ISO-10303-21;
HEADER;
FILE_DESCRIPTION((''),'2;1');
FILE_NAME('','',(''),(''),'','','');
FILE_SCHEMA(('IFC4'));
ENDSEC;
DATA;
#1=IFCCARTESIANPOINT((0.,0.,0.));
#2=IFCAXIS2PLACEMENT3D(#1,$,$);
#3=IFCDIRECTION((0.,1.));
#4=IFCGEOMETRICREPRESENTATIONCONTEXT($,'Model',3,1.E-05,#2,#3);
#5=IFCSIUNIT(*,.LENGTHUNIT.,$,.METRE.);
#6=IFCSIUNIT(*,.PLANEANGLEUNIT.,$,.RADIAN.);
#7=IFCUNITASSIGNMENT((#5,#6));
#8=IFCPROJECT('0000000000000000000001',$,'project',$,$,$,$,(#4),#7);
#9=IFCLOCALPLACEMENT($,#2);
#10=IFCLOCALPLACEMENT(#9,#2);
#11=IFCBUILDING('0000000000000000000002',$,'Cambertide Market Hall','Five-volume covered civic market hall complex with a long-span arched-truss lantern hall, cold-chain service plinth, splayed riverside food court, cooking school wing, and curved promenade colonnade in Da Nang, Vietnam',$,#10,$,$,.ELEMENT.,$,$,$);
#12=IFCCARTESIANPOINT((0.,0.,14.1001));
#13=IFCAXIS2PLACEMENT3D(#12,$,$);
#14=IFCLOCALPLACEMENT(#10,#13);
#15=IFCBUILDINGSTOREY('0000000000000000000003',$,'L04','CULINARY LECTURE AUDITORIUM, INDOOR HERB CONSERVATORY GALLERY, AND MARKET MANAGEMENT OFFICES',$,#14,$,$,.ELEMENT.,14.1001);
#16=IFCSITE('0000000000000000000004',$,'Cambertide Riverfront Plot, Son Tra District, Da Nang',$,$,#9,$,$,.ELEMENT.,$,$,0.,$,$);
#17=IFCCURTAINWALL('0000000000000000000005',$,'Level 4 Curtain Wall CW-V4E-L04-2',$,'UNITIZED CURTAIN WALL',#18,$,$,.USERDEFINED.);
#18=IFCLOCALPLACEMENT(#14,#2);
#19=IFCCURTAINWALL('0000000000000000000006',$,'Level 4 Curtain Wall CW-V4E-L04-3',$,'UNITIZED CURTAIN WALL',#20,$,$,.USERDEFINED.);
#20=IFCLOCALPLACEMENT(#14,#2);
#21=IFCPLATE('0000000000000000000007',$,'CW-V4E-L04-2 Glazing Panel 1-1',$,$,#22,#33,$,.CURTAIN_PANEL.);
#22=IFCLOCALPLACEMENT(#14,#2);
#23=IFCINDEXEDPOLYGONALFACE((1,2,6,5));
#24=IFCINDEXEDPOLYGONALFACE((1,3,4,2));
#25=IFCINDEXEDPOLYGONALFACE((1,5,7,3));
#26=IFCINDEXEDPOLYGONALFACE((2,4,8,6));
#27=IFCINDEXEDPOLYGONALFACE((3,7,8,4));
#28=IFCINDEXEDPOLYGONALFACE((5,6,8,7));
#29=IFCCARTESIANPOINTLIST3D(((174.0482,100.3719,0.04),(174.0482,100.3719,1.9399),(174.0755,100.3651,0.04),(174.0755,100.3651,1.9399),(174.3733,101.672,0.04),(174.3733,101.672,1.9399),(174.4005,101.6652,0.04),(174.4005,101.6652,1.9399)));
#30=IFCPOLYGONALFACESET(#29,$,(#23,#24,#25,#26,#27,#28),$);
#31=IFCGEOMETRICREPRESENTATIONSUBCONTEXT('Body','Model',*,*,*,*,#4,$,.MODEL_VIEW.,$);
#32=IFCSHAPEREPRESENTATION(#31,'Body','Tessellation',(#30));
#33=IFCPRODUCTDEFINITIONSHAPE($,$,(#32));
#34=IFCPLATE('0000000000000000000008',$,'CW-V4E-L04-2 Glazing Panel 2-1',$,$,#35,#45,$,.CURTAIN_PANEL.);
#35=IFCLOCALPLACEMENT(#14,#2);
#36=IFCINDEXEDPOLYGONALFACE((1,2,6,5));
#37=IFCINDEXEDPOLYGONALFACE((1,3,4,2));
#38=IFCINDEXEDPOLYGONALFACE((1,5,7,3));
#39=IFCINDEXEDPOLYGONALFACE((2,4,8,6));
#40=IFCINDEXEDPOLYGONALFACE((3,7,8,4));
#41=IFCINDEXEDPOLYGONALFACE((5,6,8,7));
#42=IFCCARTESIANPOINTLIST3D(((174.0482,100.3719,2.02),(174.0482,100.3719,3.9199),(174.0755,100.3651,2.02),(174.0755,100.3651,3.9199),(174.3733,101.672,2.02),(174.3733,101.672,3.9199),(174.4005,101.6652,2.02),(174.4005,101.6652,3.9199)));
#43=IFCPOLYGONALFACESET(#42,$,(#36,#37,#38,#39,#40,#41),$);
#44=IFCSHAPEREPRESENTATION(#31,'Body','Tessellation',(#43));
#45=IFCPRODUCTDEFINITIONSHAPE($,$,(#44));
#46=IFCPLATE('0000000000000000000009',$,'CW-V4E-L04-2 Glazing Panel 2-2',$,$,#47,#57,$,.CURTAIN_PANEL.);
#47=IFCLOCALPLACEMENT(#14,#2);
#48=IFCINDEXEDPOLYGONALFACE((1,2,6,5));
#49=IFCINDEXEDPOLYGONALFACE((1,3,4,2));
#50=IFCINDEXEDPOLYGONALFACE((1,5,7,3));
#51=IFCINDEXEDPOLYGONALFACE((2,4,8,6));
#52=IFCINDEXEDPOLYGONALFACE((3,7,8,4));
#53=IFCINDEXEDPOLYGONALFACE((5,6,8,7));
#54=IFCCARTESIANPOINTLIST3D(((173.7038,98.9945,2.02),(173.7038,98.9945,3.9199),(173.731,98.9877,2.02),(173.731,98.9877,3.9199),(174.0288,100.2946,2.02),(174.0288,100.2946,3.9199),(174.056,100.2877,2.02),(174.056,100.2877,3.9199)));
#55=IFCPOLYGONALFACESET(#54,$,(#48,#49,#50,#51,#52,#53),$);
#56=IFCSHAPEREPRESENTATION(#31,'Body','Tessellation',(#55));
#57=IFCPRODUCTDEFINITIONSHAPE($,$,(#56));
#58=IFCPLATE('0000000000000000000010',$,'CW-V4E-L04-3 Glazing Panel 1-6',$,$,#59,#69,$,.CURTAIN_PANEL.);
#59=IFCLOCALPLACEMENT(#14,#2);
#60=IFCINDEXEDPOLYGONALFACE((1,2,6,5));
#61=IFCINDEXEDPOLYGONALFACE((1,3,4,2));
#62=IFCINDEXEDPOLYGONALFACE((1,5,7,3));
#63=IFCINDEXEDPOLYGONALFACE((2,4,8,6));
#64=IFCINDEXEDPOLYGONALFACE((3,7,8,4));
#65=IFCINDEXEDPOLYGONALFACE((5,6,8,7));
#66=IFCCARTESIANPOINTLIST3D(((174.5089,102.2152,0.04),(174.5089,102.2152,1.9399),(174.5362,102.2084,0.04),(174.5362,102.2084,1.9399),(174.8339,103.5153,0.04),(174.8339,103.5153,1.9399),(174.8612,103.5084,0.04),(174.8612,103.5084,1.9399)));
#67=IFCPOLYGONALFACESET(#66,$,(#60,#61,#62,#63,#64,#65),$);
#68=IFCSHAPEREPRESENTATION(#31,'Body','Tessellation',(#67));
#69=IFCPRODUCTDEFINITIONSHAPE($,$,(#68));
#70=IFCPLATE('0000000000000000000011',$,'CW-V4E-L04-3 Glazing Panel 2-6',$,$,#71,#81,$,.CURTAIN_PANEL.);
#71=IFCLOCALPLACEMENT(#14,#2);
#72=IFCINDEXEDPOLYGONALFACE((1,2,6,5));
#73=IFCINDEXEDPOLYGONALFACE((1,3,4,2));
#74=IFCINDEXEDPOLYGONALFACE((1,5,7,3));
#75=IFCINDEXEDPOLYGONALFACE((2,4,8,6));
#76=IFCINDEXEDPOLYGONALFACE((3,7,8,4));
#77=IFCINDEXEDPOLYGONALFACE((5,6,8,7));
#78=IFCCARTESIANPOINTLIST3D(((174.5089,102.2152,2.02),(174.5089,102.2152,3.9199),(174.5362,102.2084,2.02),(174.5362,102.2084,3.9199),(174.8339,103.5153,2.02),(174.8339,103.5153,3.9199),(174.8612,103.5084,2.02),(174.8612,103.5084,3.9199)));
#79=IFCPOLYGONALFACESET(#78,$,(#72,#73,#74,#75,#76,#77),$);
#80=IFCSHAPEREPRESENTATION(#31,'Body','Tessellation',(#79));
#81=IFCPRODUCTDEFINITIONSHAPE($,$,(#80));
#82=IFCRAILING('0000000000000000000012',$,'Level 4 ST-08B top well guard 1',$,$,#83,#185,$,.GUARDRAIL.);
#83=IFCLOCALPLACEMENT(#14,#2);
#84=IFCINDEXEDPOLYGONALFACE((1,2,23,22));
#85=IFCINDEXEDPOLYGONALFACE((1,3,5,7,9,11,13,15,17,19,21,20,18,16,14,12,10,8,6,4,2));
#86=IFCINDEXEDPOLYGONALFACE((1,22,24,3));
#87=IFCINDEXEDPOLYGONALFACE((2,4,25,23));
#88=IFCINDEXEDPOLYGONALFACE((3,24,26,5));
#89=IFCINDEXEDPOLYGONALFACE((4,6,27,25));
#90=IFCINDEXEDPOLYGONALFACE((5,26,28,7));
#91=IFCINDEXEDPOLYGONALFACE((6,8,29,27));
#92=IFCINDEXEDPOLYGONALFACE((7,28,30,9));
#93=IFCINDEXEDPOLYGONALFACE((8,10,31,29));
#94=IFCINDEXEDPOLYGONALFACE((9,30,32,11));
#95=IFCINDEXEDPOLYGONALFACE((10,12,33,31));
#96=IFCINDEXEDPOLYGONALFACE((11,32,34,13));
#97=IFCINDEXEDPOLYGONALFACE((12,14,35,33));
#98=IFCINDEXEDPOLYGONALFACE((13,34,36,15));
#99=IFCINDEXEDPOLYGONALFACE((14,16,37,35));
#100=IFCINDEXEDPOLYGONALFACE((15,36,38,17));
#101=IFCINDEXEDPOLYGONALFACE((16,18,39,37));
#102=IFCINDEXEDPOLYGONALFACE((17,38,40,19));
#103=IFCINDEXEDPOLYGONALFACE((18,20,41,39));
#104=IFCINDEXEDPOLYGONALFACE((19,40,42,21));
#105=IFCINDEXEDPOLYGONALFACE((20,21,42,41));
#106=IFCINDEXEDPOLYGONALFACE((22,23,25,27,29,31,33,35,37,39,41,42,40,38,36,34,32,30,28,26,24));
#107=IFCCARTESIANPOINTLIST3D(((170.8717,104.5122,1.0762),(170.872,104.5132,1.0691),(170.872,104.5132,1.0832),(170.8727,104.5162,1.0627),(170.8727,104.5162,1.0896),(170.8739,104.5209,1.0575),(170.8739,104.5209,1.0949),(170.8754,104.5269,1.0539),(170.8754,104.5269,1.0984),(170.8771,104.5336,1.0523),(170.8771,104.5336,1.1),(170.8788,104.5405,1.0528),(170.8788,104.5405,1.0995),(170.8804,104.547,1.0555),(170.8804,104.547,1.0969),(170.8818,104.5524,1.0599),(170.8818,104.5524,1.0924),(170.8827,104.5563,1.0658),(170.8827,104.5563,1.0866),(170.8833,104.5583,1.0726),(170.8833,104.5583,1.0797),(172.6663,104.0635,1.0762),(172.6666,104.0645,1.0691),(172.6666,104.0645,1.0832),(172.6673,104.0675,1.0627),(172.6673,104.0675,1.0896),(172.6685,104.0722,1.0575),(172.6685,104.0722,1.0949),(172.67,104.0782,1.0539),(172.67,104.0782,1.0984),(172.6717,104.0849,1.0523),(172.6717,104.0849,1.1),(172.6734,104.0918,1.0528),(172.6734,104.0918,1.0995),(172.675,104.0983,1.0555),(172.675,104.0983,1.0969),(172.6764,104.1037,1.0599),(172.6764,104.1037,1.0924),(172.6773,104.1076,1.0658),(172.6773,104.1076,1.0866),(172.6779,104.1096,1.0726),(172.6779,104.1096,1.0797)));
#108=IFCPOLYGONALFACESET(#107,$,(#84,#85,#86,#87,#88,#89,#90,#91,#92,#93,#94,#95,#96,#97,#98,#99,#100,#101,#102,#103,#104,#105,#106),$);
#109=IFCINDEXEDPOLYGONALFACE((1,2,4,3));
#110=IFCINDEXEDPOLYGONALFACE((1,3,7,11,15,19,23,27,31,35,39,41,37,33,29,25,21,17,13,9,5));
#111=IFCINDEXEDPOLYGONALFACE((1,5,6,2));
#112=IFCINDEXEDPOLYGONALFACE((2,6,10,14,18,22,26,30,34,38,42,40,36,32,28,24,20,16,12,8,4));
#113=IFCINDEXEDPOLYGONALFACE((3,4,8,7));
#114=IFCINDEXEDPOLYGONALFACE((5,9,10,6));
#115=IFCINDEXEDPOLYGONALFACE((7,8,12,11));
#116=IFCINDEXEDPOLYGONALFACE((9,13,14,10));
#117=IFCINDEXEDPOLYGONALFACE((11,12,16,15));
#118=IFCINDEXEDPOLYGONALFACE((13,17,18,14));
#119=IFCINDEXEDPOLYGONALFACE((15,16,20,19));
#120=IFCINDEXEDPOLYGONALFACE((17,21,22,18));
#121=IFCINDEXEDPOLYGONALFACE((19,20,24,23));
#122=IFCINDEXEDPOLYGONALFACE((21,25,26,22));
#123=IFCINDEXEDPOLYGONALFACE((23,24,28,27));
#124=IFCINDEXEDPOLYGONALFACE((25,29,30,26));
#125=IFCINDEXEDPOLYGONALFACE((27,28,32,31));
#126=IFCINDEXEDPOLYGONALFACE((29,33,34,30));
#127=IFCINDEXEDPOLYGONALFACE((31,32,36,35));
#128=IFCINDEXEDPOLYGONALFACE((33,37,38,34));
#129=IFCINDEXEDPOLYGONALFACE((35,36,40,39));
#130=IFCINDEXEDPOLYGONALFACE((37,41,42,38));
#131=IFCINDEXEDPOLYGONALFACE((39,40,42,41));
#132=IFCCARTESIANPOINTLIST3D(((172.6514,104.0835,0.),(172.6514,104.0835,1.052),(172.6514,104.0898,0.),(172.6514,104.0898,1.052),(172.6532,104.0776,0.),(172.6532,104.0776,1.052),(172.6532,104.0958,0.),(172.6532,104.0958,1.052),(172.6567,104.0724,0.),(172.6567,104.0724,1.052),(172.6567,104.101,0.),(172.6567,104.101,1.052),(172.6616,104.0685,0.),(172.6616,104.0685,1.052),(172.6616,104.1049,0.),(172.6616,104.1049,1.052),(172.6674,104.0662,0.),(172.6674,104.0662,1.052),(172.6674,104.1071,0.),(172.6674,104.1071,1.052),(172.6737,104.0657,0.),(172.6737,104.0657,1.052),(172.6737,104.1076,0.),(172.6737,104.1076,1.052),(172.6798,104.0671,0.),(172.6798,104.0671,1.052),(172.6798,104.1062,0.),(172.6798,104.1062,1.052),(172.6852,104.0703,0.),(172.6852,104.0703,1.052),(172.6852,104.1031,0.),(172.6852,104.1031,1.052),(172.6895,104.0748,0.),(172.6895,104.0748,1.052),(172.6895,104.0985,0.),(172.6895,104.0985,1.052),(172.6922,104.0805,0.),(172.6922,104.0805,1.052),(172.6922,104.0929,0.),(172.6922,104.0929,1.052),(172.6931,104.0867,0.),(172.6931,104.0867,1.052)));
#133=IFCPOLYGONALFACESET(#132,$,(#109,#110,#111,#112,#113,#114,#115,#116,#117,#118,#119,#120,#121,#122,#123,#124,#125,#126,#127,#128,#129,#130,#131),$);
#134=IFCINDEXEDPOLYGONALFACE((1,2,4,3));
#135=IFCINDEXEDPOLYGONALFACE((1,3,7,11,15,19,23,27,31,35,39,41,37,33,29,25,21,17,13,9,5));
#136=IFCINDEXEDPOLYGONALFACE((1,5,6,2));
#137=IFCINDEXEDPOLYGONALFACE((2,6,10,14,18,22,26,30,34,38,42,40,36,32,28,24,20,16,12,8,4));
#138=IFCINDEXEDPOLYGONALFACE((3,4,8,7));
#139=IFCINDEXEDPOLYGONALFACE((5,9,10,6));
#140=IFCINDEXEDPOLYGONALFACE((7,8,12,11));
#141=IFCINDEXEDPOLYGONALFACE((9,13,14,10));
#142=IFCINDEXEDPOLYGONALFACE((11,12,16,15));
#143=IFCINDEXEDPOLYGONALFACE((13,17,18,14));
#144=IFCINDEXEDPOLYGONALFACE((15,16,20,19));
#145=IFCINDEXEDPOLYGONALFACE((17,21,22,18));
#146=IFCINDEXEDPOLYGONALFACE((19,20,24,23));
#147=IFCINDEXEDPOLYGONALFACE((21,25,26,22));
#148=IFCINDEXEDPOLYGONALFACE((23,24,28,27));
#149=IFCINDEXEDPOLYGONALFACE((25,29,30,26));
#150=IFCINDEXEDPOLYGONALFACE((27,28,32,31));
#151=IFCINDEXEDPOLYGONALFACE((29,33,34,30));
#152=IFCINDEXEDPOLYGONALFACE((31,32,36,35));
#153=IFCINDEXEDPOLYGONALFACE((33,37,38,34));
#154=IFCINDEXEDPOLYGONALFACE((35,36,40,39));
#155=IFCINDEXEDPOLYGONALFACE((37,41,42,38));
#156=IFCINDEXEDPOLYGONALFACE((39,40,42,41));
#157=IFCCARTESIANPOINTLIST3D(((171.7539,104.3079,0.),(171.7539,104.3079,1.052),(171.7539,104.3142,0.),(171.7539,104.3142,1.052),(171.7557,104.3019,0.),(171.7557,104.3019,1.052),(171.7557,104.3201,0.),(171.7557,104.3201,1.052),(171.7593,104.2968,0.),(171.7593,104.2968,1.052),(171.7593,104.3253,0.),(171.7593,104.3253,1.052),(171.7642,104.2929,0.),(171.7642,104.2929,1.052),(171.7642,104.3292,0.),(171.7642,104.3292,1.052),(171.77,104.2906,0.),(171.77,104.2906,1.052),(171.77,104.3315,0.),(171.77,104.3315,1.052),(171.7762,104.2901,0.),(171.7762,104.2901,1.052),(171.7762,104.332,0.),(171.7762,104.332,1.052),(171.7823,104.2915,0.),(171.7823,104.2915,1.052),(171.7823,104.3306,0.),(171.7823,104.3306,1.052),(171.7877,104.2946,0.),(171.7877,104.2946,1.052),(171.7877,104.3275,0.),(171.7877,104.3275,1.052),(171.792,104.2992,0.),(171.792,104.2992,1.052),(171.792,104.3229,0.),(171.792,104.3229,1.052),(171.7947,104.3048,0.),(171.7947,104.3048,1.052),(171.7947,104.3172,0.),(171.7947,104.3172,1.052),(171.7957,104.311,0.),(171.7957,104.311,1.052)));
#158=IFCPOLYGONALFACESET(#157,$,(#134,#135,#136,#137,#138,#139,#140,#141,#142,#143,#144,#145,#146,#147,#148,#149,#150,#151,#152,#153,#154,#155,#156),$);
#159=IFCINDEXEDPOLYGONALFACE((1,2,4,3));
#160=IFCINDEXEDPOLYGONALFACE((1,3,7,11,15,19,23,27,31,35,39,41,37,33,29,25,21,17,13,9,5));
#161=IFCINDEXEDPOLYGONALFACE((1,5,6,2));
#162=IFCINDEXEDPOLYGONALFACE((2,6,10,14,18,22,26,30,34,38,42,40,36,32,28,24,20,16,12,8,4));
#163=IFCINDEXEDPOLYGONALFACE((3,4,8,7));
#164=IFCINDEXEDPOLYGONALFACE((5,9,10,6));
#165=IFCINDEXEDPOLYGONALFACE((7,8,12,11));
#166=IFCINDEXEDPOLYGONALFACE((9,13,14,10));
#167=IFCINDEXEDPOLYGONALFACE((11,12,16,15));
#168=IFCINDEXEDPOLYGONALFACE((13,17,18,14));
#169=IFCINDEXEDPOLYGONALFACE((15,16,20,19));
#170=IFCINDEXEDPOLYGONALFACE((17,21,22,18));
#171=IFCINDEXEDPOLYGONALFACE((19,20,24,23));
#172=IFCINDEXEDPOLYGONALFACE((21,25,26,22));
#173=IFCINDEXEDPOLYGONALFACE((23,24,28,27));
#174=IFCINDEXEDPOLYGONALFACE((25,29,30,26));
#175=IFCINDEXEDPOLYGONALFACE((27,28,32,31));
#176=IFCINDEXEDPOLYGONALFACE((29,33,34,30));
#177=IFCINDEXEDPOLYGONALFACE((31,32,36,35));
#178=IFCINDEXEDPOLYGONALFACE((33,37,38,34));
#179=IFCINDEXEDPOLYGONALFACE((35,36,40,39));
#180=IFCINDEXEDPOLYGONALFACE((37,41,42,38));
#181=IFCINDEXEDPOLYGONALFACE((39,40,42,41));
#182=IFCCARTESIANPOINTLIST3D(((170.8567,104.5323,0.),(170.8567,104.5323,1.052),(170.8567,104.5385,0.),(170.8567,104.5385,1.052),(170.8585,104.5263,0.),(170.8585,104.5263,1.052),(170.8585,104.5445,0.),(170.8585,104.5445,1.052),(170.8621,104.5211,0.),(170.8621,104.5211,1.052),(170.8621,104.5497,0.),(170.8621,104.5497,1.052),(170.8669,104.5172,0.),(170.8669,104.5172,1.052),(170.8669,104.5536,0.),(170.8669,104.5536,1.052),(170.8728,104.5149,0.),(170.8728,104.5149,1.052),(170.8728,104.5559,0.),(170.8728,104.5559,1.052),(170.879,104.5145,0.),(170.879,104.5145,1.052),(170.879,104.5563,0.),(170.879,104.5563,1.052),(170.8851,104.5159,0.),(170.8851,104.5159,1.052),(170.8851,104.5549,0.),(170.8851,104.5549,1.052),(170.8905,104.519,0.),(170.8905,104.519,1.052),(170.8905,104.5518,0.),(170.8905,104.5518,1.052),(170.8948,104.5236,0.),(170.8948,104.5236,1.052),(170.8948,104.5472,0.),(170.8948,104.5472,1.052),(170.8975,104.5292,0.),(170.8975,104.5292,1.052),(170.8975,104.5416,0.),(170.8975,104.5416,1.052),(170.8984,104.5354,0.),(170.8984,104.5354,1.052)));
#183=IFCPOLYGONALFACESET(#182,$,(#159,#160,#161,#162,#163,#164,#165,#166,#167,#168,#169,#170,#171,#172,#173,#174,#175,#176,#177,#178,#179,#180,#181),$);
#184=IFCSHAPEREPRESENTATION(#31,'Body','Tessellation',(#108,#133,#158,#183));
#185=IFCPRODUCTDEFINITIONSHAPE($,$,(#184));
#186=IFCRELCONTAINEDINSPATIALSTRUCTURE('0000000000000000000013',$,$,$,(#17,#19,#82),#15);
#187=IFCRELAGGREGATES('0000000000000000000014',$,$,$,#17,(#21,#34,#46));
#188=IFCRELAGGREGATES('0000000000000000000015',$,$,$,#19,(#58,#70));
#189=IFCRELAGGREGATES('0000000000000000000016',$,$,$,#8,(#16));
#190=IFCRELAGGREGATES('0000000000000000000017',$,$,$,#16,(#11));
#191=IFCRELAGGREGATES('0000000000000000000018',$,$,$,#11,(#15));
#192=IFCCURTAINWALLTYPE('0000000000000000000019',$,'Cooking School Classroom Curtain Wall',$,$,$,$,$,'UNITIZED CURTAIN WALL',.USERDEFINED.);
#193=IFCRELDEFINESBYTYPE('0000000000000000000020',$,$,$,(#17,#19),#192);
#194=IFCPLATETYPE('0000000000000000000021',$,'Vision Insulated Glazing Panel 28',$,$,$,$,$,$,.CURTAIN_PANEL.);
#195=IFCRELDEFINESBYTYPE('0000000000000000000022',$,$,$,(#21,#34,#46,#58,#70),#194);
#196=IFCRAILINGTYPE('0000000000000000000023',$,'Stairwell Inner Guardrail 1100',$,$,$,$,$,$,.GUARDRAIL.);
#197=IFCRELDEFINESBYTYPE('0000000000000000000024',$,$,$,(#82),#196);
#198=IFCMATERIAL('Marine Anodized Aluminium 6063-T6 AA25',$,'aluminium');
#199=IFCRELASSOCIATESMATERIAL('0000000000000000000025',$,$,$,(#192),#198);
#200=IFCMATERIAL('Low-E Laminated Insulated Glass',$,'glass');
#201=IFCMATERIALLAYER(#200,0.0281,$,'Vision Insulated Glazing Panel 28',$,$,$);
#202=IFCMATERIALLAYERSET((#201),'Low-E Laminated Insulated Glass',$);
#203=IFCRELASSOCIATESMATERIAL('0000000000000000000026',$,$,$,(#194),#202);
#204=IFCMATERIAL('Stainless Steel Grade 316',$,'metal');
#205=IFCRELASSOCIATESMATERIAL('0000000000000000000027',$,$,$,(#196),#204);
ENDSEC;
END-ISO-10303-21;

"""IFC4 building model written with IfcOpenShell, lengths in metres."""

from ifc_helpers import new_model, si_unit, direction, frame, origin, origin_2d, place, context, subcontext, project, spatial, rectangle, circle, extrude, material, layer, layer_set, type_object, element, aggregate, save


model = new_model("IFC4")

# Units and contexts
model_context = context("Model", 3, precision=1e-05, world=origin(), true_north=direction((0.0, 1.0)))
body_context = subcontext(model_context, "Body", "Model", "MODEL_VIEW")
ifc_project = project(units=[si_unit("LENGTHUNIT", "METRE"), si_unit("PLANEANGLEUNIT", "RADIAN")], contexts=[model_context])

# Site, building, storey
site_placement = place(None, origin())
site = spatial("IfcSite", under=ifc_project, at=site_placement, Name="Cambertide Riverfront Plot, Son Tra District, Da Nang", CompositionType="ELEMENT", RefElevation=0.0)
building_placement = place(site_placement, origin())
building = spatial("IfcBuilding", under=site, at=building_placement, Name="Cambertide Market Hall", Description="Five-volume covered civic market hall complex with a long-span arched-truss lantern hall, cold-chain service plinth, splayed riverside food court, cooking school wing, and curved promenade colonnade in Da Nang, Vietnam", CompositionType="ELEMENT")
storey_placement = place(building_placement, frame((0.0, 0.0, 14.1001)))
storey = spatial("IfcBuildingStorey", under=building, at=storey_placement, Name="L04", Description="CULINARY LECTURE AUDITORIUM, INDOOR HERB CONSERVATORY GALLERY, AND MARKET MANAGEMENT OFFICES", CompositionType="ELEMENT", Elevation=14.1001)

# Curtain walls
ifc_material_1 = material(Name="Marine Anodized Aluminium 6063-T6 AA25", Category="aluminium")
curtain_wall_type = type_object("IfcCurtainWallType", Name="Cooking School Classroom Curtain Wall", ElementType="UNITIZED CURTAIN WALL", PredefinedType="USERDEFINED", material=ifc_material_1)
curtain_wall_1_placement = place(storey_placement, origin())
curtain_wall_1 = element("IfcCurtainWall", 1, at=curtain_wall_1_placement, inside=storey, type_object=curtain_wall_type, Name="Level 4 Curtain Wall CW-V4E-L04-2", ObjectType="UNITIZED CURTAIN WALL", PredefinedType="USERDEFINED")
curtain_wall_2_placement = place(storey_placement, origin())
curtain_wall_2 = element("IfcCurtainWall", 2, at=curtain_wall_2_placement, inside=storey, type_object=curtain_wall_type, Name="Level 4 Curtain Wall CW-V4E-L04-3", ObjectType="UNITIZED CURTAIN WALL", PredefinedType="USERDEFINED")

# Plates
ifc_material_2 = material(Name="Low-E Laminated Insulated Glass", Category="glass")
ifc_layer_1 = layer(ifc_material_2, 0.0281, Name="Vision Insulated Glazing Panel 28")
ifc_layer_set_1 = layer_set([ifc_layer_1], Name="Low-E Laminated Insulated Glass")
plate_type = type_object("IfcPlateType", Name="Vision Insulated Glazing Panel 28", PredefinedType="CURTAIN_PANEL", material=ifc_layer_set_1)
plate_1_placement = place(storey_placement, frame((174.2244, 101.0186, 0.04), z_axis=(0.0, 0.0, 1.0), x_axis=(-0.242536, -0.970142, 0.0)))
plate_1 = element("IfcPlate", 3, at=plate_1_placement, type_object=plate_type, Name="CW-V4E-L04-2 Glazing Panel 1-1", PredefinedType="CURTAIN_PANEL", context=body_context, shape_type="SweptSolid", body=[
    extrude(rectangle(XDim=1.3401, YDim=0.0281, at=origin_2d()), origin(), (0.0, 0.0, 1.0), 1.8999),
])
plate_2_placement = place(storey_placement, frame((174.2244, 101.0186, 2.02), z_axis=(0.0, 0.0, 1.0), x_axis=(-0.242536, -0.970142, 0.0)))
plate_2 = element("IfcPlate", 4, at=plate_2_placement, type_object=plate_type, Name="CW-V4E-L04-2 Glazing Panel 2-1", PredefinedType="CURTAIN_PANEL", context=body_context, shape_type="SweptSolid", body=[
    extrude(rectangle(XDim=1.3401, YDim=0.0281, at=origin_2d()), origin(), (0.0, 0.0, 1.0), 1.8999),
])
plate_3_placement = place(storey_placement, frame((173.8799, 99.6411, 2.02), z_axis=(0.0, 0.0, 1.0), x_axis=(-0.242536, -0.970142, 0.0)))
plate_3 = element("IfcPlate", 5, at=plate_3_placement, type_object=plate_type, Name="CW-V4E-L04-2 Glazing Panel 2-2", PredefinedType="CURTAIN_PANEL", context=body_context, shape_type="SweptSolid", body=[
    extrude(rectangle(XDim=1.3401, YDim=0.0281, at=origin_2d()), origin(), (0.0, 0.0, 1.0), 1.8999),
])
aggregate(curtain_wall_1, [plate_1, plate_2, plate_3])
plate_4_placement = place(storey_placement, frame((174.6851, 102.8618, 0.04), z_axis=(0.0, 0.0, 1.0), x_axis=(-0.242536, -0.970143, 0.0)))
plate_4 = element("IfcPlate", 6, at=plate_4_placement, type_object=plate_type, Name="CW-V4E-L04-3 Glazing Panel 1-6", PredefinedType="CURTAIN_PANEL", context=body_context, shape_type="SweptSolid", body=[
    extrude(rectangle(XDim=1.3401, YDim=0.0281, at=origin_2d()), origin(), (0.0, 0.0, 1.0), 1.8999),
])
plate_5_placement = place(storey_placement, frame((174.6851, 102.8618, 2.02), z_axis=(0.0, 0.0, 1.0), x_axis=(-0.242536, -0.970143, 0.0)))
plate_5 = element("IfcPlate", 7, at=plate_5_placement, type_object=plate_type, Name="CW-V4E-L04-3 Glazing Panel 2-6", PredefinedType="CURTAIN_PANEL", context=body_context, shape_type="SweptSolid", body=[
    extrude(rectangle(XDim=1.3401, YDim=0.0281, at=origin_2d()), origin(), (0.0, 0.0, 1.0), 1.8999),
])
aggregate(curtain_wall_2, [plate_4, plate_5])

# Railing
ifc_material_3 = material(Name="Stainless Steel Grade 316", Category="metal")
railing_type = type_object("IfcRailingType", Name="Stairwell Inner Guardrail 1100", PredefinedType="GUARDRAIL", material=ifc_material_3)
railing_placement = place(storey_placement, frame((172.6721, 104.0867, 0.0)))
element("IfcRailing", 8, at=railing_placement, inside=storey, type_object=railing_type, Name="Level 4 ST-08B top well guard 1", PredefinedType="GUARDRAIL", context=body_context, shape_type="SweptSolid", body=[
    extrude(circle(Radius=0.0239, at=origin_2d()), frame((0.0, 0.0, 1.0762), z_axis=(-0.970135, 0.242567, 0.0), x_axis=(-0.242567, -0.970135, 0.0)), (0.0, 0.0, 1.0), 1.8499),
    extrude(circle(Radius=0.021, at=origin_2d()), origin(), (0.0, 0.0, 1.0), 1.052),
    extrude(circle(Radius=0.021, at=origin_2d()), frame((-0.8975, 0.2244, 0.0)), (0.0, 0.0, 1.0), 1.052),
    extrude(circle(Radius=0.021, at=origin_2d()), frame((-1.7947, 0.4487, 0.0)), (0.0, 0.0, 1.0), 1.052),
])

save(model, "model.ifc")
